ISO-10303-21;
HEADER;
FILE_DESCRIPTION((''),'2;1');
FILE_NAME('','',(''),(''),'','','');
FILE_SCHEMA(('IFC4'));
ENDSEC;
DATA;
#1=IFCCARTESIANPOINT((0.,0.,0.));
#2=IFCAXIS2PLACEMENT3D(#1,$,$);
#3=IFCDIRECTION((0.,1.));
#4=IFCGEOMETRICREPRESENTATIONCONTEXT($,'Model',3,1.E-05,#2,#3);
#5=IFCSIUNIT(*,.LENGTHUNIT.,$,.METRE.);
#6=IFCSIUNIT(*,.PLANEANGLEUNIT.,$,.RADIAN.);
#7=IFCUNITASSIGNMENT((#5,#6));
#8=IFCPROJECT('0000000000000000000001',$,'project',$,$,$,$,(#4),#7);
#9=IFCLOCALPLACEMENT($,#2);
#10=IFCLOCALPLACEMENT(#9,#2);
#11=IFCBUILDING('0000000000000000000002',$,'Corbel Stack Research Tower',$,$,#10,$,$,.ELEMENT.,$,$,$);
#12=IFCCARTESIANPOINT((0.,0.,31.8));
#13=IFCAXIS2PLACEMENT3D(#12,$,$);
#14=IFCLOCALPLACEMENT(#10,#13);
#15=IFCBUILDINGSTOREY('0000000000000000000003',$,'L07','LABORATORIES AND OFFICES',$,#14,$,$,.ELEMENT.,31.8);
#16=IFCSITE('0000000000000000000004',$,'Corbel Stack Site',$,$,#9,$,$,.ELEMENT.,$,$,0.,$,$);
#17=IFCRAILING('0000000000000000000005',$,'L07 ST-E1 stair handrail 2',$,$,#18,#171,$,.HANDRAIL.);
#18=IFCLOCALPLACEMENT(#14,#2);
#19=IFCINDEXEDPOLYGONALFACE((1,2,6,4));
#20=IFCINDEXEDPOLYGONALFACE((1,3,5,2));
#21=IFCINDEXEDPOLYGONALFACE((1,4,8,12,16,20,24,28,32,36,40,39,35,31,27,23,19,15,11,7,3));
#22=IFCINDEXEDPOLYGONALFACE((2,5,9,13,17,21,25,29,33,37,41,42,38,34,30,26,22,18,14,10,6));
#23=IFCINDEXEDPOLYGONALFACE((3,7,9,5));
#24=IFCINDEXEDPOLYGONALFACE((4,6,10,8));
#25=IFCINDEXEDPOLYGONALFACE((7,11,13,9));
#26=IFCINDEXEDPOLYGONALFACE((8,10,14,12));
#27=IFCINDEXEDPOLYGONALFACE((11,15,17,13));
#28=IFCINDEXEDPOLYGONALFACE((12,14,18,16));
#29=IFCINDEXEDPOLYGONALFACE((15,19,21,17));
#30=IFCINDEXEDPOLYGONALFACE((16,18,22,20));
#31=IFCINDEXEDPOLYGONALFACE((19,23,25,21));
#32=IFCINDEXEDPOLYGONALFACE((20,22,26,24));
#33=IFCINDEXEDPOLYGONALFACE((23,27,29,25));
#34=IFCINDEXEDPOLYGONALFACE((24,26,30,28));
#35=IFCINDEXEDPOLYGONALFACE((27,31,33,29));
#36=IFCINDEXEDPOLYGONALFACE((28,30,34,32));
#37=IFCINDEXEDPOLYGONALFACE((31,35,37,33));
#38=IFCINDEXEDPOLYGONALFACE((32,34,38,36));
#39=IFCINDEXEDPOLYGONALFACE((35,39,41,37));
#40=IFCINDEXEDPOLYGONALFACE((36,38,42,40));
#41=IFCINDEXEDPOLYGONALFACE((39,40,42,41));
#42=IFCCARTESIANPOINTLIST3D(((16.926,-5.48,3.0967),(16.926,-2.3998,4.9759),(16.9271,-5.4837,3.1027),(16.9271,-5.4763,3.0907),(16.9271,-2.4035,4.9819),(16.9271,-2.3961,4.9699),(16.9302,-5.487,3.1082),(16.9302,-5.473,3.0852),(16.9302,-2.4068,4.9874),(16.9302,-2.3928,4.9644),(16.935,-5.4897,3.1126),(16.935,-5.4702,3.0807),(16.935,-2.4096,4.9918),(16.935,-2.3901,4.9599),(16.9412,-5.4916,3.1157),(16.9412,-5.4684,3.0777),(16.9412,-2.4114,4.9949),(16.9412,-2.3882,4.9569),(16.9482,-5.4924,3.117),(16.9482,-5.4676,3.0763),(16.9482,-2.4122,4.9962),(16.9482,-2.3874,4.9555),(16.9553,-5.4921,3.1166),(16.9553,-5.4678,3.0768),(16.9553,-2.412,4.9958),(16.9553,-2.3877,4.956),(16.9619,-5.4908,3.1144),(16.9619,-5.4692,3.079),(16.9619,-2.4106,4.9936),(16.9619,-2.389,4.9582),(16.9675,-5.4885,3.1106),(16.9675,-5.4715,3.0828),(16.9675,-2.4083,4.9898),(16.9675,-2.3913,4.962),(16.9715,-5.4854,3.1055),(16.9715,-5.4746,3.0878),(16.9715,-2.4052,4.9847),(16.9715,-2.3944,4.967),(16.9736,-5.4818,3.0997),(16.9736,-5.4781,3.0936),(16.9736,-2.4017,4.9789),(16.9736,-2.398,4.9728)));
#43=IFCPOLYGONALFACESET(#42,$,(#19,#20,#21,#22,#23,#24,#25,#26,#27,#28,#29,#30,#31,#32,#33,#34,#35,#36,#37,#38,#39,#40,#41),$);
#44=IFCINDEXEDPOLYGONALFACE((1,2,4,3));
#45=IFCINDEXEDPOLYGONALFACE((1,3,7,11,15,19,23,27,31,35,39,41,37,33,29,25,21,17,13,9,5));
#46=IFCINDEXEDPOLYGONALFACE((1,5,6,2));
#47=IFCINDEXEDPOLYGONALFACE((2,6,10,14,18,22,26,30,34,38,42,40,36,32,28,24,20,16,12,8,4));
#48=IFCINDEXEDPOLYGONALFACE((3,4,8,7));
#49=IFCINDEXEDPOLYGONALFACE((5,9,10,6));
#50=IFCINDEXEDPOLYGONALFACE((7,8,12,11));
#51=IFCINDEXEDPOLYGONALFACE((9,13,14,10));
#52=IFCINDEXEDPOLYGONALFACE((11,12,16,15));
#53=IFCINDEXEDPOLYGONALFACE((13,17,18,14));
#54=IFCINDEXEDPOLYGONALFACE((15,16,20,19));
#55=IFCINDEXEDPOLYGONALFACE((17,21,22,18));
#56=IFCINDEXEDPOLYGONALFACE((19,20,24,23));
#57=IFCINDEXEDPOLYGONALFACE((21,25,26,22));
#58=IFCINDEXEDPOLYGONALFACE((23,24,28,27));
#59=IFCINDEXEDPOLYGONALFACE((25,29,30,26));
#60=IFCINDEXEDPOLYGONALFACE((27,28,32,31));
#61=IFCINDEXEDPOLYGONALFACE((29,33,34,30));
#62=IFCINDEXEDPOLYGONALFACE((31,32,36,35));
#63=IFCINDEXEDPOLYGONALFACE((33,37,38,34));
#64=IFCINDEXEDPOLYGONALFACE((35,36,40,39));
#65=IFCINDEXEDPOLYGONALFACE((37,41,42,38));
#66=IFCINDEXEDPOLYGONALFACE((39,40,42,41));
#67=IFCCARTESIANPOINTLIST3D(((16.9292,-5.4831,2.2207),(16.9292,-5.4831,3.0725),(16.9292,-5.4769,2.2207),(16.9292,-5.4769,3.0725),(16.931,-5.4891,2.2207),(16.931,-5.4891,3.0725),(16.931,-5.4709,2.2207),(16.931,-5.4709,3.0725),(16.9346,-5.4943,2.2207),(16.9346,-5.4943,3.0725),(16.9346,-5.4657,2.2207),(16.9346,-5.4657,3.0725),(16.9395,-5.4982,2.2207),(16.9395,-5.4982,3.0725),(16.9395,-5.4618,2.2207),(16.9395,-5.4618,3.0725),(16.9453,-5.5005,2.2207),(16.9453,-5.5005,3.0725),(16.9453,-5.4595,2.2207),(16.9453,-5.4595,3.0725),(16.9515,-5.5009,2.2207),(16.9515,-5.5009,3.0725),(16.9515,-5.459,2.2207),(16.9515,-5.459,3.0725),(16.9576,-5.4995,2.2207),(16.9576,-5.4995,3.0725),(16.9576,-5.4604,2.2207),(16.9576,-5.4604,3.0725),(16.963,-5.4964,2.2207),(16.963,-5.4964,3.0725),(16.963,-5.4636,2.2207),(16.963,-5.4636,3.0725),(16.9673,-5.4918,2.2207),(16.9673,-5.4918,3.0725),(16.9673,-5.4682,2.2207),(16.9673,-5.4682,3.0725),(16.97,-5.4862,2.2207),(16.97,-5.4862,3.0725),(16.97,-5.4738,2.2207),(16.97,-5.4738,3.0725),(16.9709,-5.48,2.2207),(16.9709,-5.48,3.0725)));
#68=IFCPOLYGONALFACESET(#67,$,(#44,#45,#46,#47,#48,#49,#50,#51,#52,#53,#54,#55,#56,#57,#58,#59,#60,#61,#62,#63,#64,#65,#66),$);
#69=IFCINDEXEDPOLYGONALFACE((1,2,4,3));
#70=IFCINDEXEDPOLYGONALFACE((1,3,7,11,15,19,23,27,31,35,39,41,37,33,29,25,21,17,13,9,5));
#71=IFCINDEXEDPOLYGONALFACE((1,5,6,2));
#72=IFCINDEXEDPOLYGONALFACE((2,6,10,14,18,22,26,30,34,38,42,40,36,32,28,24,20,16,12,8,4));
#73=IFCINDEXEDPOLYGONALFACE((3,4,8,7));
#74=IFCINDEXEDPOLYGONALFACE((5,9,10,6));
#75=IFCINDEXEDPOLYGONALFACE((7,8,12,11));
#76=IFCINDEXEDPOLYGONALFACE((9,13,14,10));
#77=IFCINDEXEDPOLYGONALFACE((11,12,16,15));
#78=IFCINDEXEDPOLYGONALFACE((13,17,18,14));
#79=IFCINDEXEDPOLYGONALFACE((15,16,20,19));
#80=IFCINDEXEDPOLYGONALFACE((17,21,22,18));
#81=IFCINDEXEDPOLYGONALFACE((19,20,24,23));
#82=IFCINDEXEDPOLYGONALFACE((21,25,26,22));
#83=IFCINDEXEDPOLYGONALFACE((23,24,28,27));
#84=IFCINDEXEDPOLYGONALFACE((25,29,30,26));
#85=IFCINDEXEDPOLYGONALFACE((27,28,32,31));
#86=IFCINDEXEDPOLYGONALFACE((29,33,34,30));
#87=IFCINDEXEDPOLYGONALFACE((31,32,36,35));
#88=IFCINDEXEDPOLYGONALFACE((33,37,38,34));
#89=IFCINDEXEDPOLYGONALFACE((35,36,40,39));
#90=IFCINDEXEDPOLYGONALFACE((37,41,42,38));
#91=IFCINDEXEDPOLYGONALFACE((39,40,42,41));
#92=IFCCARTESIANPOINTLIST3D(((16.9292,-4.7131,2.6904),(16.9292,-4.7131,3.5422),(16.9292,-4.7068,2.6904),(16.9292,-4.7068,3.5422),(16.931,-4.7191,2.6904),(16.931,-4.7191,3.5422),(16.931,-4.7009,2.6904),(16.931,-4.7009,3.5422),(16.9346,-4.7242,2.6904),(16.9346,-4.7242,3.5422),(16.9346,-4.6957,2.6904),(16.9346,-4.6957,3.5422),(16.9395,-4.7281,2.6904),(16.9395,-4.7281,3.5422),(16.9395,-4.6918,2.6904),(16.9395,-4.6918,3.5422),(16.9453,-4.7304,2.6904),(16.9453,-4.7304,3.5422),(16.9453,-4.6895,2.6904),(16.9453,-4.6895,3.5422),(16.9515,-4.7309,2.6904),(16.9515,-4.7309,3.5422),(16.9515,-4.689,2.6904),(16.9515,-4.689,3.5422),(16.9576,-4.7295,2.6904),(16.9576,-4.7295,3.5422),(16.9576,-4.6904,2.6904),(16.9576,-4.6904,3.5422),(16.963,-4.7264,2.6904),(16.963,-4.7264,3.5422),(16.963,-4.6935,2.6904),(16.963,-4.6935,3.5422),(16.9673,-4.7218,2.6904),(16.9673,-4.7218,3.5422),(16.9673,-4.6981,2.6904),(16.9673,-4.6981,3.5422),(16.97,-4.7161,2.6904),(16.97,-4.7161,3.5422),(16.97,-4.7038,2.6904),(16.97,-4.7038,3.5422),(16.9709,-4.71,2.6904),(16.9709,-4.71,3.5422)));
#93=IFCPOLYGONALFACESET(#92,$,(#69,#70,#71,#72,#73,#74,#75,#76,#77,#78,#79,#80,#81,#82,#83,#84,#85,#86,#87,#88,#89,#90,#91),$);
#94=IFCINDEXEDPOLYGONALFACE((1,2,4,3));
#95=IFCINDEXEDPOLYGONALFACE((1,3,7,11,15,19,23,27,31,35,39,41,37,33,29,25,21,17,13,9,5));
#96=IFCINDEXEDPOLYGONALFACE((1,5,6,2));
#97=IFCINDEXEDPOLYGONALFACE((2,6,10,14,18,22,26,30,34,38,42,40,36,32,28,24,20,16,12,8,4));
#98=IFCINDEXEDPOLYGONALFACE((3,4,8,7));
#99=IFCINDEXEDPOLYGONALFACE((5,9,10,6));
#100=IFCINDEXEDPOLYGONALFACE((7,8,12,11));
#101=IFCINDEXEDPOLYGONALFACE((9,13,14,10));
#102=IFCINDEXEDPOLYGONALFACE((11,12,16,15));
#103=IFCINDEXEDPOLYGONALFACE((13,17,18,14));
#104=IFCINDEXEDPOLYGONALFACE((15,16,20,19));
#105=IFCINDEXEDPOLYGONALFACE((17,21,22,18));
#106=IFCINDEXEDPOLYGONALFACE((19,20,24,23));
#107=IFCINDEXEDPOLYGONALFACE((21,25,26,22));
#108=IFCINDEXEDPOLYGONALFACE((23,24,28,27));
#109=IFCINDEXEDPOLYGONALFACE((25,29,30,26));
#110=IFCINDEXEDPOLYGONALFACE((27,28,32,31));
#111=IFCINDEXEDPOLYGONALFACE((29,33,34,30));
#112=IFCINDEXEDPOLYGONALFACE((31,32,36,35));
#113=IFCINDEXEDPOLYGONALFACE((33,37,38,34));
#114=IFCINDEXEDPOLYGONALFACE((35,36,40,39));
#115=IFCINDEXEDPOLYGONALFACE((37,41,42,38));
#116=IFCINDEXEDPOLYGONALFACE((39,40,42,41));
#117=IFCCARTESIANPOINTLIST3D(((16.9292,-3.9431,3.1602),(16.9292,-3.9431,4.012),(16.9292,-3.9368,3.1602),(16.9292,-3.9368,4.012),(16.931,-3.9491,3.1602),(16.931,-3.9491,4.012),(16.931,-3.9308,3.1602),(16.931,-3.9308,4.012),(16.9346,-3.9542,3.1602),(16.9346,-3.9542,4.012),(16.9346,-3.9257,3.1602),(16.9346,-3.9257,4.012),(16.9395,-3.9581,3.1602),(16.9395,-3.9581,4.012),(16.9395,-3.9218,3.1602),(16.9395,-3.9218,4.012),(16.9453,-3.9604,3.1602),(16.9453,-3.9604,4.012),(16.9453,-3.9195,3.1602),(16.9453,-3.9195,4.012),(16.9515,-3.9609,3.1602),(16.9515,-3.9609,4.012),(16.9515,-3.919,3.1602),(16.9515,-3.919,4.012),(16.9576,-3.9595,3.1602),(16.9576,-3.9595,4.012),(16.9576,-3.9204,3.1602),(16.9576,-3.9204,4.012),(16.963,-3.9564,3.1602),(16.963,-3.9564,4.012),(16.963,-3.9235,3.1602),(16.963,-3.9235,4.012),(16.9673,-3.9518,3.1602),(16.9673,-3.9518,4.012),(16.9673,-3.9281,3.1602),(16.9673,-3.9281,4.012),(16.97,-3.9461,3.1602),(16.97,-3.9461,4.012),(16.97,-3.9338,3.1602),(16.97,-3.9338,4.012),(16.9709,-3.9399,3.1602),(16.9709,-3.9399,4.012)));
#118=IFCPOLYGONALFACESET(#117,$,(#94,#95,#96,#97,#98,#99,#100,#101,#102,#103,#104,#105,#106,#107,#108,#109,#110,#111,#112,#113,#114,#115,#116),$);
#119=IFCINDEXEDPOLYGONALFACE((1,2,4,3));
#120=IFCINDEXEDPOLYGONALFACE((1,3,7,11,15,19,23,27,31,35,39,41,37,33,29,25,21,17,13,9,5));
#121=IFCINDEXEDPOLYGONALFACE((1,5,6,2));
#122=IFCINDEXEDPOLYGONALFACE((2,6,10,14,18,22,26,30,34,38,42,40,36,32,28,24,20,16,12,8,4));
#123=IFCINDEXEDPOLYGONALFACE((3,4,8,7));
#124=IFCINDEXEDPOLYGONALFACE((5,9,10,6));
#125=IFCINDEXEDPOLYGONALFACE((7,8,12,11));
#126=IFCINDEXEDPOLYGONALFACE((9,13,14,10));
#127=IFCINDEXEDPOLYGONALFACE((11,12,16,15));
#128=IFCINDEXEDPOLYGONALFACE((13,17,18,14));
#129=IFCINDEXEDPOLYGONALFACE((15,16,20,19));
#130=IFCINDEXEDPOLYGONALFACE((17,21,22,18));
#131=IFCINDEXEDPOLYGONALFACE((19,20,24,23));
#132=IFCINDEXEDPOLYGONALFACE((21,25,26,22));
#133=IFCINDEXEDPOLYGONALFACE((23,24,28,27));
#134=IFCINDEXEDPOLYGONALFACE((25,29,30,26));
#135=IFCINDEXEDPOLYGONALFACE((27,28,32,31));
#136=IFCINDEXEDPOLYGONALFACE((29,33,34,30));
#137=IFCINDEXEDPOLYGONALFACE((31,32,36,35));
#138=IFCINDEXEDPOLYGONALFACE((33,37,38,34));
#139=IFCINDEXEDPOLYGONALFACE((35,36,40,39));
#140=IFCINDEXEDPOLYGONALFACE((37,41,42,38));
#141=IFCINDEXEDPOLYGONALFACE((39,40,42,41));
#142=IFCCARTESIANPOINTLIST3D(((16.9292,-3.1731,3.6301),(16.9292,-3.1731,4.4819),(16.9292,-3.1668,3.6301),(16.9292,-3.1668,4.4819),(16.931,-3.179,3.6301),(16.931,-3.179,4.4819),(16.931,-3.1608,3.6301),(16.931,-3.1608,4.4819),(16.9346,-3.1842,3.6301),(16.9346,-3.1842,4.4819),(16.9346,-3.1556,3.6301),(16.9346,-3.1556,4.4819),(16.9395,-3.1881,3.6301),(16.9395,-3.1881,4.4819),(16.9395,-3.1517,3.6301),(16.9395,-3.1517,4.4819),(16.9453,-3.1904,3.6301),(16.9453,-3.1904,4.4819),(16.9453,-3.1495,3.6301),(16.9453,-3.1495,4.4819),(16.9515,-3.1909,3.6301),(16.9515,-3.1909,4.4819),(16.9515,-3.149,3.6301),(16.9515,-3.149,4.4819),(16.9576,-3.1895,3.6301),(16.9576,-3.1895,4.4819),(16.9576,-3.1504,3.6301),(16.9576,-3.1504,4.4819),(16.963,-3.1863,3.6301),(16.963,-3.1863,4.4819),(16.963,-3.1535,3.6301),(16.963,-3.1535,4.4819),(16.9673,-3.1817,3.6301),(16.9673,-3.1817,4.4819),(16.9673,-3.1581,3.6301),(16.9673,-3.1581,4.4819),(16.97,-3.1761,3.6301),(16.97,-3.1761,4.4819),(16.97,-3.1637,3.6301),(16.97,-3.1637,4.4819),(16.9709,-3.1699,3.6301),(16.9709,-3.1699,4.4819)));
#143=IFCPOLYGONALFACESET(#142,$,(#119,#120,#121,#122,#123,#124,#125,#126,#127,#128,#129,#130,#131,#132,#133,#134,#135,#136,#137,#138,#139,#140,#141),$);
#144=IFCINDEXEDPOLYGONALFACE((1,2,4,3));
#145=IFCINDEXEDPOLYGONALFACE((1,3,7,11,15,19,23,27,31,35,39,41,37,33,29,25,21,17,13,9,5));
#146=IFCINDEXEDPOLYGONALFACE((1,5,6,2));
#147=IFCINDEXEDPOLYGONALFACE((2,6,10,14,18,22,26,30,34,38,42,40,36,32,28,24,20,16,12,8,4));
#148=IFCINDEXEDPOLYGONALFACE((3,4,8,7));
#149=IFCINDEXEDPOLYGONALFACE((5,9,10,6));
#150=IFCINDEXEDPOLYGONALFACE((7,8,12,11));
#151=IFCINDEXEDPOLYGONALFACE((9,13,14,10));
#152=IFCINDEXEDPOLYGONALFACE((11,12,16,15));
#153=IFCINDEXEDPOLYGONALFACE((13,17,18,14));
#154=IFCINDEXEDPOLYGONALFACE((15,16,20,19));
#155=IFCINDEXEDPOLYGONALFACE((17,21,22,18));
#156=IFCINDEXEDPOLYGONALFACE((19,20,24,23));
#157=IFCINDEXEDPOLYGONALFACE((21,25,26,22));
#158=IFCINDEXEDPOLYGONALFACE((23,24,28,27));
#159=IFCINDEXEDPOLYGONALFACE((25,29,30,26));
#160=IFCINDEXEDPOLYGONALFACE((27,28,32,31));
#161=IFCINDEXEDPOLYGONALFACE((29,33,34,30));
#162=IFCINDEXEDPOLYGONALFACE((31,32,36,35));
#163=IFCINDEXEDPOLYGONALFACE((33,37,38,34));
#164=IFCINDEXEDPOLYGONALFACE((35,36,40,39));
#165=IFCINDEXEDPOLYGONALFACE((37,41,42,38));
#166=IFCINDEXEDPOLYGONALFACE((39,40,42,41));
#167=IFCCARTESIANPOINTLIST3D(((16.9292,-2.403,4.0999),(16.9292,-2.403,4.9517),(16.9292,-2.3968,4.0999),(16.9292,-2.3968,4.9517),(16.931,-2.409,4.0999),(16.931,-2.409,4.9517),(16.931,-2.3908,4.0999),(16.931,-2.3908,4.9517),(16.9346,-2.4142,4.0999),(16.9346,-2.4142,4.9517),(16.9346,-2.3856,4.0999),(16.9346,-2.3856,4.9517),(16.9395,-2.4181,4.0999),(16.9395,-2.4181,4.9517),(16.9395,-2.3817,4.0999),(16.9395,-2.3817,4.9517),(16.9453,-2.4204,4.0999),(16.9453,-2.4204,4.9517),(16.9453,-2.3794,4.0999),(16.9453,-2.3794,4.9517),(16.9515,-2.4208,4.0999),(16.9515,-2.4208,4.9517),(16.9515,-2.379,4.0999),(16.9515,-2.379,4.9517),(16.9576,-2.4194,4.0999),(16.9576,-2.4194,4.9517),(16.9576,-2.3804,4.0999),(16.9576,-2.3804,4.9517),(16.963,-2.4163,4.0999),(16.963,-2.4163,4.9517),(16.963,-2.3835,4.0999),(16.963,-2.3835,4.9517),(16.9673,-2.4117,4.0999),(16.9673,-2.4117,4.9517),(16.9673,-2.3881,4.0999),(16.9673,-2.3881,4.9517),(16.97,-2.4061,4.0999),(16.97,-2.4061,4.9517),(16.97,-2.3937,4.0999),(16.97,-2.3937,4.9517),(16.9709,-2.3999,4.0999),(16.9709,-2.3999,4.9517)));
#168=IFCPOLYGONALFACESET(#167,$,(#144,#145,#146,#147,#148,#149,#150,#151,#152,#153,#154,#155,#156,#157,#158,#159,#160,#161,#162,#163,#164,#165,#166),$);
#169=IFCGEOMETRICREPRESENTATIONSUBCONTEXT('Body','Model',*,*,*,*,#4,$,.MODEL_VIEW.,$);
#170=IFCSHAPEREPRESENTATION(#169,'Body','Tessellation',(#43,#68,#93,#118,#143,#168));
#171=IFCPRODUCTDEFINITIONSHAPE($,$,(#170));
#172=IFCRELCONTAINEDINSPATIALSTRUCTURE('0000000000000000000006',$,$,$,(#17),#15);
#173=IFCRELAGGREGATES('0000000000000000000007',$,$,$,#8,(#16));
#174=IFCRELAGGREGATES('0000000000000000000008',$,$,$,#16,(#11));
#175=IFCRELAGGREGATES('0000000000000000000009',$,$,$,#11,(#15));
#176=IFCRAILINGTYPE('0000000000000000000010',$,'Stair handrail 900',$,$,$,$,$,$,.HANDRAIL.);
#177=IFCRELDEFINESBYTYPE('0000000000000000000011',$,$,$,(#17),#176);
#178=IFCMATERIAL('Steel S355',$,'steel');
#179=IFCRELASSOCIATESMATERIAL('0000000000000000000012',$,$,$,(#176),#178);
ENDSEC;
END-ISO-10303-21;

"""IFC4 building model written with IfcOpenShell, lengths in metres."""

from ifc_helpers import new_model, si_unit, direction, frame, origin, origin_2d, place, context, subcontext, project, spatial, circle, extrude, material, type_object, element, save


model = new_model("IFC4")

# Units and contexts
model_context = context("Model", 3, precision=1e-05, world=origin(), true_north=direction((0.0, 1.0)))
body_context = subcontext(model_context, "Body", "Model", "MODEL_VIEW")
ifc_project = project(units=[si_unit("LENGTHUNIT", "METRE"), si_unit("PLANEANGLEUNIT", "RADIAN")], contexts=[model_context])

# Site, building, storey
site_placement = place(None, origin())
site = spatial("IfcSite", under=ifc_project, at=site_placement, Name="Corbel Stack Site", CompositionType="ELEMENT", RefElevation=0.0)
building_placement = place(site_placement, origin())
building = spatial("IfcBuilding", under=site, at=building_placement, Name="Corbel Stack Research Tower", CompositionType="ELEMENT")
storey_placement = place(building_placement, frame((0.0, 0.0, 31.8)))
storey = spatial("IfcBuildingStorey", under=building, at=storey_placement, Name="L07", Description="LABORATORIES AND OFFICES", CompositionType="ELEMENT", Elevation=31.8)

# Railing
ifc_material_1 = material(Name="Steel S355", Category="steel")
railing_type_1 = type_object("IfcRailingType", Name="Stair handrail 900", PredefinedType="HANDRAIL", material=ifc_material_1)
railing_1_placement = place(storey_placement, frame((16.95, -5.48, 2.2207)))
element("IfcRailing", 1, at=railing_1_placement, inside=storey, type_object=railing_type_1, Name="L07 ST-E1 stair handrail 2", PredefinedType="HANDRAIL", context=body_context, shape_type="SweptSolid", body=[
    extrude(circle(Radius=0.0239, at=origin_2d()), frame((0.0, 0.0, 0.876), z_axis=(0.0, 0.853666, 0.52082), x_axis=(-1.0, 0.0, 0.0)), (0.0, 0.0, 1.0), 3.6082),
    extrude(circle(Radius=0.021, at=origin_2d()), origin(), (0.0, 0.0, 1.0), 0.8518),
    extrude(circle(Radius=0.021, at=origin_2d()), frame((0.0, 0.77, 0.4697)), (0.0, 0.0, 1.0), 0.8518),
    extrude(circle(Radius=0.021, at=origin_2d()), frame((0.0, 1.54, 0.9395)), (0.0, 0.0, 1.0), 0.8518),
    extrude(circle(Radius=0.021, at=origin_2d()), frame((0.0, 2.3101, 1.4094)), (0.0, 0.0, 1.0), 0.8518),
    extrude(circle(Radius=0.021, at=origin_2d()), frame((0.0, 3.0801, 1.8792)), (0.0, 0.0, 1.0), 0.8518),
])

save(model, "model.ifc")
